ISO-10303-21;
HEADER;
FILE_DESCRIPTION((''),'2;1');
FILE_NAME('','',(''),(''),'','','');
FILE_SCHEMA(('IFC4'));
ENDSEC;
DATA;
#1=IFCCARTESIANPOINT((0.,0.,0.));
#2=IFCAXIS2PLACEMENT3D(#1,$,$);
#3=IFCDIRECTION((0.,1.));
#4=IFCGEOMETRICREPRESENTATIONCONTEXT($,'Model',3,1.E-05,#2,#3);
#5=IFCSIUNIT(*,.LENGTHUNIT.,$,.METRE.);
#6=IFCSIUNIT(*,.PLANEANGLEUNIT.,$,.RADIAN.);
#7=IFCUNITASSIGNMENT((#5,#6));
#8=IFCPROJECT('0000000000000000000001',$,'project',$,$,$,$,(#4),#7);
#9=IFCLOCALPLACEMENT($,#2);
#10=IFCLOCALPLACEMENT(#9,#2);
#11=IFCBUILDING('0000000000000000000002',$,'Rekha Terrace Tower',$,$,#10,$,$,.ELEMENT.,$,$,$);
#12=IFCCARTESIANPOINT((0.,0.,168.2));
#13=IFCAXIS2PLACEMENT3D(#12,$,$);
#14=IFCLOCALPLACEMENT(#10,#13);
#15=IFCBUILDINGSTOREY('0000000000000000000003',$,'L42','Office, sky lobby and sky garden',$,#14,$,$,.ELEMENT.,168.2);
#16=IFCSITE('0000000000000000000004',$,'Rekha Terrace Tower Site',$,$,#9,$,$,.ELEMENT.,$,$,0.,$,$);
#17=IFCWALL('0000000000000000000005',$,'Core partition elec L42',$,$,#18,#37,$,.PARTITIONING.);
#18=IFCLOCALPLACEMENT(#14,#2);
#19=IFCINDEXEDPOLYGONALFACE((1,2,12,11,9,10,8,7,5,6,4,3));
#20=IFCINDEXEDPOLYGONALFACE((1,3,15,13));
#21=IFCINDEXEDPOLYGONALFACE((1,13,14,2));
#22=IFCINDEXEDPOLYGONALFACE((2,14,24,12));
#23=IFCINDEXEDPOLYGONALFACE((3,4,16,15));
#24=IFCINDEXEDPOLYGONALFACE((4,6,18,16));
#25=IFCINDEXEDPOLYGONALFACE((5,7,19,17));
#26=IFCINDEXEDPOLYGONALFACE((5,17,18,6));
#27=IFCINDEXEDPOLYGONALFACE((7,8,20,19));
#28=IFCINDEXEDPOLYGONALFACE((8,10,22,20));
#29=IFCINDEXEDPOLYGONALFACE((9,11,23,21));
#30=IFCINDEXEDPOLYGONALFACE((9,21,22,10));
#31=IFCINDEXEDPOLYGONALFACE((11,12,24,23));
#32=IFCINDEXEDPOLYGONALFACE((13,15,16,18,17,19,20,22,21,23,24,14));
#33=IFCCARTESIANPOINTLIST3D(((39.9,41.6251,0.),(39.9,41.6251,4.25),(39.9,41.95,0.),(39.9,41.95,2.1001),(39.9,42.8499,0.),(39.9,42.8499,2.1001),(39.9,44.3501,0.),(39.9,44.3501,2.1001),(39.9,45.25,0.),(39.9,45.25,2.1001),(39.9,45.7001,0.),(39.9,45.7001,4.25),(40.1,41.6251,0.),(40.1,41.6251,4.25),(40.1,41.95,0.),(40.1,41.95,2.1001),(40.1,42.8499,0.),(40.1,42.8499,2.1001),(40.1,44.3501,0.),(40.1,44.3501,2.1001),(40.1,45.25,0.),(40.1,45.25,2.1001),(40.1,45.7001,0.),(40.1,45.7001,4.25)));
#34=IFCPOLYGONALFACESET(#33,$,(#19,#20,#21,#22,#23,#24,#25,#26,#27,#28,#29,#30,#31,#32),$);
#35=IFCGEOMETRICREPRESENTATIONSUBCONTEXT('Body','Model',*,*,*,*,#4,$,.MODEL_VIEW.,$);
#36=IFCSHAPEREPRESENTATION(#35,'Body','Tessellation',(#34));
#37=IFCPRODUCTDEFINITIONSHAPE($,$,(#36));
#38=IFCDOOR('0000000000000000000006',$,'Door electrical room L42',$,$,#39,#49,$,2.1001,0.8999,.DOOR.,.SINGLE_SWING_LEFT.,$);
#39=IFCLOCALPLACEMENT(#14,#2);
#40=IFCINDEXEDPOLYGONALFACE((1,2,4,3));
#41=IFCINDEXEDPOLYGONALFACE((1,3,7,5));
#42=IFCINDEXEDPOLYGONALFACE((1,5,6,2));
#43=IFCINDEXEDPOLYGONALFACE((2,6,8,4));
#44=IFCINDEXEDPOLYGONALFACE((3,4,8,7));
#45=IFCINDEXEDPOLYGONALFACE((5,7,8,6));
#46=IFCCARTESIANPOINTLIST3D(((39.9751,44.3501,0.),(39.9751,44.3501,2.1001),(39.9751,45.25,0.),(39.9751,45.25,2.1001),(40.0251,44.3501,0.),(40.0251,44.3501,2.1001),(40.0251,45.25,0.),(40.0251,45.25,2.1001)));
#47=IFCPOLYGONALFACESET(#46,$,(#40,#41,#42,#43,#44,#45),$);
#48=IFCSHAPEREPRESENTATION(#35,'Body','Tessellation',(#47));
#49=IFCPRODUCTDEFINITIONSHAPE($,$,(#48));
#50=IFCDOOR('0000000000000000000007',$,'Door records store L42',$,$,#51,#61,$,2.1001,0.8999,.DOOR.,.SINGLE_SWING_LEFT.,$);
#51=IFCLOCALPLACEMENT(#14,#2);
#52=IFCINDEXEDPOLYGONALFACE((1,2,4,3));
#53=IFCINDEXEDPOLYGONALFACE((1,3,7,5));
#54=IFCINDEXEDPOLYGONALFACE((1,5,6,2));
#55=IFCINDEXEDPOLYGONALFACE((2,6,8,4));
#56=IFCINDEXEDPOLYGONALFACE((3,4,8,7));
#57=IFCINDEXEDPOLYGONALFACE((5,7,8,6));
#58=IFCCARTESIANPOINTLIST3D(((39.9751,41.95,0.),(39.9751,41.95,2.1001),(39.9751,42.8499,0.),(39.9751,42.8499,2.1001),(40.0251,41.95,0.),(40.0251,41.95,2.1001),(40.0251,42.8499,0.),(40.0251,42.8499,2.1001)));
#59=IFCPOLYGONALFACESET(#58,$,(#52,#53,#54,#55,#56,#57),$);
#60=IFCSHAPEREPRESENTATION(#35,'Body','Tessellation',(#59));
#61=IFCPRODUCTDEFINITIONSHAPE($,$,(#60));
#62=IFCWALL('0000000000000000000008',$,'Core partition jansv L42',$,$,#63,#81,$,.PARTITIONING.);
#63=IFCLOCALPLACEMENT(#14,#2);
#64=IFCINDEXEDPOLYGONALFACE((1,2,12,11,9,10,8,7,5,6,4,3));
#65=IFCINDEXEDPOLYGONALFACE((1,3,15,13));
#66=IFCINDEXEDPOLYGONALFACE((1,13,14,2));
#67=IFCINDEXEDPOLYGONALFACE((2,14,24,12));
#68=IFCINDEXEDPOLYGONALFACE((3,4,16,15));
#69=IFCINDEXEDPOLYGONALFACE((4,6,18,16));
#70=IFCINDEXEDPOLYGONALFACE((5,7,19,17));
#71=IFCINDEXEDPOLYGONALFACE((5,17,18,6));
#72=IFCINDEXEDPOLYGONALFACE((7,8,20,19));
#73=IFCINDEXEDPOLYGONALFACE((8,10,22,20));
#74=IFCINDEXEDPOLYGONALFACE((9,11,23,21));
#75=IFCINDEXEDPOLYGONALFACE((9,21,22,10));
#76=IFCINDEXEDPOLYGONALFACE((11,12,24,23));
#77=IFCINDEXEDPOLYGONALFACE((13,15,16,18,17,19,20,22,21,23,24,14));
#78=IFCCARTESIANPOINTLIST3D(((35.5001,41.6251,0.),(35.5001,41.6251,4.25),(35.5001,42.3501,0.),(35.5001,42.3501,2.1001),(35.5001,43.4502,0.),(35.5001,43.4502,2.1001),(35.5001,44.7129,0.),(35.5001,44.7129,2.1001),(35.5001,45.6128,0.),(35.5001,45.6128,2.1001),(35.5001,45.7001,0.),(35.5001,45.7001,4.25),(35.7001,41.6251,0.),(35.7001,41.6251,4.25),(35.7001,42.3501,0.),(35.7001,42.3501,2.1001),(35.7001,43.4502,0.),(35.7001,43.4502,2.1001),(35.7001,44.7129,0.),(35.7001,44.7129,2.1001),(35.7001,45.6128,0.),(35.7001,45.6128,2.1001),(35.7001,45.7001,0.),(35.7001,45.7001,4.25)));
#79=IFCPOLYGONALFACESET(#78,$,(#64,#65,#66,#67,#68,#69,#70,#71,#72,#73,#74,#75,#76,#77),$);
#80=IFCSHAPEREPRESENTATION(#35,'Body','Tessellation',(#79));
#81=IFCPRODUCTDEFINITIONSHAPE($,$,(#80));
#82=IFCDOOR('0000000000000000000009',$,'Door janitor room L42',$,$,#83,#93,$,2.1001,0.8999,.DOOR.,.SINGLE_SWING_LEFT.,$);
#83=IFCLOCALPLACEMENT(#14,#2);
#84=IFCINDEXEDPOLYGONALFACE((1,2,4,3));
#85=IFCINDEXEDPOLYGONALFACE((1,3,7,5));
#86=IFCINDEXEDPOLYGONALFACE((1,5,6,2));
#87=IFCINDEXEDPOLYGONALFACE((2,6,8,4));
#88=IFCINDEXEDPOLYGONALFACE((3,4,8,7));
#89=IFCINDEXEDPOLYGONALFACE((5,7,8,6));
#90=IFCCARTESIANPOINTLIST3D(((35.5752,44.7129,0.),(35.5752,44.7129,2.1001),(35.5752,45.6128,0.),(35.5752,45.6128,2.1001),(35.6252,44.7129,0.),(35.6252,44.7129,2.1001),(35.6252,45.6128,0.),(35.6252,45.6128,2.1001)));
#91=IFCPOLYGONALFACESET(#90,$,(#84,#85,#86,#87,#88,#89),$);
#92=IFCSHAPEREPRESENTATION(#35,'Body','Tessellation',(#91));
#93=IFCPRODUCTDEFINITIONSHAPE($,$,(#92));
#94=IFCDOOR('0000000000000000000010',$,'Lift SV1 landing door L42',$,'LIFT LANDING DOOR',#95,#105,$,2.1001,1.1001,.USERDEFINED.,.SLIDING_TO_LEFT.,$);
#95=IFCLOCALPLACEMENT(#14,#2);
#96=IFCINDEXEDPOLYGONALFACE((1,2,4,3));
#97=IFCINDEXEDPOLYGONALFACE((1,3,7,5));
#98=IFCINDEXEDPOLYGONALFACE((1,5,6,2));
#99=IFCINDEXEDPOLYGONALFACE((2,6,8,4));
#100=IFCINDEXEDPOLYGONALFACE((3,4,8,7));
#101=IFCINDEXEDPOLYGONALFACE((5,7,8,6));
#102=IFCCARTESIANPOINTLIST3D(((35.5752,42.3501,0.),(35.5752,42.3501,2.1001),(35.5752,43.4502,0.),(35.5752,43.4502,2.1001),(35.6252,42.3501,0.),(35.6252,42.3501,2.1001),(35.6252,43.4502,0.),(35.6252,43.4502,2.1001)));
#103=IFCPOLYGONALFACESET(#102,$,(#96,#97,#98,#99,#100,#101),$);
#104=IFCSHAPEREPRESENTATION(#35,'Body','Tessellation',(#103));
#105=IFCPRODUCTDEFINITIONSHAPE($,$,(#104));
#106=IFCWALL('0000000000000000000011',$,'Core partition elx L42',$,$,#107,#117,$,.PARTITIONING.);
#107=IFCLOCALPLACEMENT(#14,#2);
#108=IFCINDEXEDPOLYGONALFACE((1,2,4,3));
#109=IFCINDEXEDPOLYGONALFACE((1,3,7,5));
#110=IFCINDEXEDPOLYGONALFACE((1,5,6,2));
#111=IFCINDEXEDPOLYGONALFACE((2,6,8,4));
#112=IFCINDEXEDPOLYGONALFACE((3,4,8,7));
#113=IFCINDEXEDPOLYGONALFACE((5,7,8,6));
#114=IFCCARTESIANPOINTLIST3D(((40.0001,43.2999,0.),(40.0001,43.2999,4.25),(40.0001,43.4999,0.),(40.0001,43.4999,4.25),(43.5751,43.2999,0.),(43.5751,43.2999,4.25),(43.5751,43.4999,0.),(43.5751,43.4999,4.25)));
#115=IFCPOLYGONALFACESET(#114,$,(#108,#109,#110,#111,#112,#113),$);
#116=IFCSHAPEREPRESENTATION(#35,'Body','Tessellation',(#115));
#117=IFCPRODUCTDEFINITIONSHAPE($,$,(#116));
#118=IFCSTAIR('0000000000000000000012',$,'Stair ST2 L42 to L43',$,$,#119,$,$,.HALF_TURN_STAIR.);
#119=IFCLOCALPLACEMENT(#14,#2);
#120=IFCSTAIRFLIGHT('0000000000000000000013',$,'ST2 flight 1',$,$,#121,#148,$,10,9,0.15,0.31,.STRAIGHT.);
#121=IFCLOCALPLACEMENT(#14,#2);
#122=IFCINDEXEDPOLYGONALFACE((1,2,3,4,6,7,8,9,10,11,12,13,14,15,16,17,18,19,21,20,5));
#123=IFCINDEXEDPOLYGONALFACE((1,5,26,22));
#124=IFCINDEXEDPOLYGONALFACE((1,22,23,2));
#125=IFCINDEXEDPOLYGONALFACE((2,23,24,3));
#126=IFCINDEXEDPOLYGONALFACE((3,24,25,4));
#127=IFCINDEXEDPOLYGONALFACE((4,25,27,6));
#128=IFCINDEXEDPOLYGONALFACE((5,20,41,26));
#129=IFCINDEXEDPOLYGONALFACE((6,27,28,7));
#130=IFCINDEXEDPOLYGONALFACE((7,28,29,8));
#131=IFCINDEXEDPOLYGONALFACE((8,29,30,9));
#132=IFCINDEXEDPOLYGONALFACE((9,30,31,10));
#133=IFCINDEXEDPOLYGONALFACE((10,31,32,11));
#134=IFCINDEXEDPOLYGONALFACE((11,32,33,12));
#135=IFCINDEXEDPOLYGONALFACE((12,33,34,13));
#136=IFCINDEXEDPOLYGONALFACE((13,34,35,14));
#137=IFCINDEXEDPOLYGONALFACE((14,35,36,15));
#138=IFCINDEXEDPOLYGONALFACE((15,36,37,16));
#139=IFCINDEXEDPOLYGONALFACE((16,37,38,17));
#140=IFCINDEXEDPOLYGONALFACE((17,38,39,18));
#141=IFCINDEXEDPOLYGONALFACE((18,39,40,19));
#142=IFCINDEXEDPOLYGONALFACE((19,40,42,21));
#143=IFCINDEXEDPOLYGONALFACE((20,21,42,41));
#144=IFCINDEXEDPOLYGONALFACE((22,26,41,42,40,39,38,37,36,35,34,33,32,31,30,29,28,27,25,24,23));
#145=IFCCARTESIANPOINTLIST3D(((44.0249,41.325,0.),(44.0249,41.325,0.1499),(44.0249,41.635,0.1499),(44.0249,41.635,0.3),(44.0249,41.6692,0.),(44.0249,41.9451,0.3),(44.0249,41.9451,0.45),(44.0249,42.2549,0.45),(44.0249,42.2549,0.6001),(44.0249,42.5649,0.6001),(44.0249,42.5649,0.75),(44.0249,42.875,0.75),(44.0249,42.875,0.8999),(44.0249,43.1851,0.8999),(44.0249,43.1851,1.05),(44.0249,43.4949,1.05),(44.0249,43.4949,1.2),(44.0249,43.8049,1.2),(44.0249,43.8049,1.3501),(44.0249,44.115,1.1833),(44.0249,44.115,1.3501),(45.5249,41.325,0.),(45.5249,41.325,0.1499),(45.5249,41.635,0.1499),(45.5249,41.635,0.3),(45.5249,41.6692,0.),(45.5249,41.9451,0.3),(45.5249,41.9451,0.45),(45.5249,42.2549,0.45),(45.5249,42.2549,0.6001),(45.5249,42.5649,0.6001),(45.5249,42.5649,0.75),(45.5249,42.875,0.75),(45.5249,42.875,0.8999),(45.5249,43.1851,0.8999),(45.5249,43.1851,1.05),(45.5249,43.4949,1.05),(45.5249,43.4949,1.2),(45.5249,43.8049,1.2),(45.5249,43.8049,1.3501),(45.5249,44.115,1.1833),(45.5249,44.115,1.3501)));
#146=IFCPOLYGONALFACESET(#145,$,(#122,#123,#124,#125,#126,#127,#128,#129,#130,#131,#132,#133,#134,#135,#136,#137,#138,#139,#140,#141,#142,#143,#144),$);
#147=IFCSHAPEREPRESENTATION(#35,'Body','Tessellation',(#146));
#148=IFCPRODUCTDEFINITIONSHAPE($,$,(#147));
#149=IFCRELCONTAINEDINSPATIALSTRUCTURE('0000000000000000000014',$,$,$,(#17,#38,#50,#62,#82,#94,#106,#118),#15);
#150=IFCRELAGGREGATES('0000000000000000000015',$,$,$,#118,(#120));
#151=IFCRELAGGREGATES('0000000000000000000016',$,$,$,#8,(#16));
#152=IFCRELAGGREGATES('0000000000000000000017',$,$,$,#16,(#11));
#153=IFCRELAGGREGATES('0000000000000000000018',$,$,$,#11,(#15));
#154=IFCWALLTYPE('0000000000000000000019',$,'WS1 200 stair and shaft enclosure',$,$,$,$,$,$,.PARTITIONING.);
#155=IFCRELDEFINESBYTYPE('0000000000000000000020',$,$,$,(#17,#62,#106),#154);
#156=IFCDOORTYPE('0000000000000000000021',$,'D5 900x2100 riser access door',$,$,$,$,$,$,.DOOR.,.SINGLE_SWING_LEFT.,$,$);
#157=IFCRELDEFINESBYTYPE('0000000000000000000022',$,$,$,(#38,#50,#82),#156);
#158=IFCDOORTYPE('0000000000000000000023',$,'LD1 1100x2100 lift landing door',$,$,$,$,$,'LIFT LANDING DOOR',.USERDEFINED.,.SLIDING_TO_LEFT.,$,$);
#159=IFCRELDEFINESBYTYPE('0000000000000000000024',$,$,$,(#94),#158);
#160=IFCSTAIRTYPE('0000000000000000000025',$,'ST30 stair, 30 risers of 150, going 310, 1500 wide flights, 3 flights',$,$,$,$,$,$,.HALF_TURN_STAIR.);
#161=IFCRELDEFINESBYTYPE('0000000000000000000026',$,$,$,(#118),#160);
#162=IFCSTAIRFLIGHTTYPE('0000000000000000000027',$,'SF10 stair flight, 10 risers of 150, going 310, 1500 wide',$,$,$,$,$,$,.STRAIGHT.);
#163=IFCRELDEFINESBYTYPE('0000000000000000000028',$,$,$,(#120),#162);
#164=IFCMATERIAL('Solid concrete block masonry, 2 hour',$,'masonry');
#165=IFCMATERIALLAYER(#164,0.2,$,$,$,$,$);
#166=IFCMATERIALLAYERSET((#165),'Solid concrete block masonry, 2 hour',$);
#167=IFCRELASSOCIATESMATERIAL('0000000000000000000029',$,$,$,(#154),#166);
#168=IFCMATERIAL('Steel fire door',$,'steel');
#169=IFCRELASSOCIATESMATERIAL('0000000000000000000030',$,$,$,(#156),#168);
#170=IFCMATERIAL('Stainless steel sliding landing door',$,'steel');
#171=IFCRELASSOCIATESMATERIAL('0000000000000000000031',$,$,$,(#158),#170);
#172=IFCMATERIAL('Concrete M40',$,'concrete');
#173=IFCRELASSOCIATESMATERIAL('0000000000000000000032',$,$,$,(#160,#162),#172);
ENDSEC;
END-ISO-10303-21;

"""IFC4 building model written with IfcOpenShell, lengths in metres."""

from ifc_helpers import new_model, si_unit, direction, frame, frame_2d, origin, place, context, subcontext, project, spatial, polyline, rectangle, outline, extrude, material, layer, layer_set, type_object, element, fill, aggregate, save


model = new_model("IFC4")

# Units and contexts
model_context = context("Model", 3, precision=1e-05, world=origin(), true_north=direction((0.0, 1.0)))
body_context = subcontext(model_context, "Body", "Model", "MODEL_VIEW")
ifc_project = project(units=[si_unit("LENGTHUNIT", "METRE"), si_unit("PLANEANGLEUNIT", "RADIAN")], contexts=[model_context])

# Site, building, storey
site_placement = place(None, origin())
site = spatial("IfcSite", under=ifc_project, at=site_placement, Name="Rekha Terrace Tower Site", CompositionType="ELEMENT", RefElevation=0.0)
building_placement = place(site_placement, origin())
building = spatial("IfcBuilding", under=site, at=building_placement, Name="Rekha Terrace Tower", CompositionType="ELEMENT")
storey_placement = place(building_placement, frame((0.0, 0.0, 168.2)))
storey = spatial("IfcBuildingStorey", under=building, at=storey_placement, Name="L42", Description="Office, sky lobby and sky garden", CompositionType="ELEMENT", Elevation=168.2)

# Shared definitions
ifc_material_1 = material(Name="Stainless steel sliding landing door", Category="steel")
ifc_material_2 = material(Name="Steel fire door", Category="steel")

# Shared definitions
ifc_material_3 = material(Name="Solid concrete block masonry, 2 hour", Category="masonry")
ifc_layer_1 = layer(ifc_material_3, 0.2)
ifc_layer_set_1 = layer_set([ifc_layer_1], Name="Solid concrete block masonry, 2 hour")
wall_type_1 = type_object("IfcWallType", Name="WS1 200 stair and shaft enclosure", PredefinedType="PARTITIONING", material=ifc_layer_set_1)

# Walls, openings, doors
wall_1_placement = place(storey_placement, frame((40.0, 41.625, 0.0), z_axis=(0.0, 0.0, 1.0), x_axis=(0.0, 1.0, 0.0)))
wall_1 = element("IfcWall", 1, at=wall_1_placement, inside=storey, type_object=wall_type_1, Name="Core partition elec L42", PredefinedType="PARTITIONING", context=body_context, shape_type="SweptSolid", body=[
    extrude(rectangle(XDim=4.075, YDim=0.2, at=frame_2d((2.0376, 0.0))), origin(), (0.0, 0.0, 1.0), 4.25),
])
opening_1_placement = place(wall_1_placement, frame((2.7251, 0.0, 0.0)))
opening_1 = element("IfcOpeningElement", 2, at=opening_1_placement, cuts=wall_1, PredefinedType="OPENING", context=body_context, shape_type="SweptSolid", body=[
    extrude(rectangle(XDim=0.8999, YDim=2.1001, at=frame_2d((0.45, 1.05))), frame((0.0, 0.1099, 0.0), z_axis=(0.0, -1.0, 0.0), x_axis=(1.0, 0.0, 0.0)), (0.0, 0.0, 1.0), 0.22),
])
opening_2_placement = place(wall_1_placement, frame((0.325, 0.0, 0.0)))
opening_2 = element("IfcOpeningElement", 3, at=opening_2_placement, cuts=wall_1, PredefinedType="OPENING", context=body_context, shape_type="SweptSolid", body=[
    extrude(rectangle(XDim=0.8999, YDim=2.1001, at=frame_2d((0.45, 1.05))), frame((0.0, 0.1099, 0.0), z_axis=(0.0, -1.0, 0.0), x_axis=(1.0, 0.0, 0.0)), (0.0, 0.0, 1.0), 0.22),
])
door_type_1 = type_object("IfcDoorType", Name="D5 900x2100 riser access door", OperationType="SINGLE_SWING_LEFT", PredefinedType="DOOR", material=ifc_material_2)
door_1_placement = place(opening_1_placement, origin())
door_1 = element("IfcDoor", 4, at=door_1_placement, inside=storey, type_object=door_type_1, Name="Door electrical room L42", OperationType="SINGLE_SWING_LEFT", OverallHeight=2.1001, OverallWidth=0.8999, PredefinedType="DOOR", context=body_context, shape_type="SweptSolid", body=[
    extrude(rectangle(XDim=0.8999, YDim=2.1001, at=frame_2d((0.45, 1.05))), frame((0.0, 0.0249, 0.0), z_axis=(0.0, -1.0, 0.0), x_axis=(1.0, 0.0, 0.0)), (0.0, 0.0, 1.0), 0.05),
])
fill(opening_1, door_1)
door_2_placement = place(opening_2_placement, origin())
door_2 = element("IfcDoor", 5, at=door_2_placement, inside=storey, type_object=door_type_1, Name="Door records store L42", OperationType="SINGLE_SWING_LEFT", OverallHeight=2.1001, OverallWidth=0.8999, PredefinedType="DOOR", context=body_context, shape_type="SweptSolid", body=[
    extrude(rectangle(XDim=0.8999, YDim=2.1001, at=frame_2d((0.45, 1.05))), frame((0.0, 0.0249, 0.0), z_axis=(0.0, -1.0, 0.0), x_axis=(1.0, 0.0, 0.0)), (0.0, 0.0, 1.0), 0.05),
])
fill(opening_2, door_2)
wall_2_placement = place(storey_placement, frame((35.6001, 41.625, 0.0), z_axis=(0.0, 0.0, 1.0), x_axis=(0.0, 1.0, 0.0)))
wall_2 = element("IfcWall", 6, at=wall_2_placement, inside=storey, type_object=wall_type_1, Name="Core partition jansv L42", PredefinedType="PARTITIONING", context=body_context, shape_type="SweptSolid", body=[
    extrude(rectangle(XDim=4.075, YDim=0.2, at=frame_2d((2.0376, 0.0))), origin(), (0.0, 0.0, 1.0), 4.25),
])
opening_3_placement = place(wall_2_placement, frame((3.0879, 0.0, 0.0)))
opening_3 = element("IfcOpeningElement", 7, at=opening_3_placement, cuts=wall_2, PredefinedType="OPENING", context=body_context, shape_type="SweptSolid", body=[
    extrude(rectangle(XDim=0.8999, YDim=2.1001, at=frame_2d((0.45, 1.05))), frame((0.0, 0.1099, 0.0), z_axis=(0.0, -1.0, 0.0), x_axis=(1.0, 0.0, 0.0)), (0.0, 0.0, 1.0), 0.22),
])
opening_4_placement = place(wall_2_placement, frame((0.7251, 0.0, 0.0)))
opening_4 = element("IfcOpeningElement", 8, at=opening_4_placement, cuts=wall_2, PredefinedType="OPENING", context=body_context, shape_type="SweptSolid", body=[
    extrude(rectangle(XDim=1.1001, YDim=2.1001, at=frame_2d((0.55, 1.05))), frame((0.0, 0.1099, 0.0), z_axis=(0.0, -1.0, 0.0), x_axis=(1.0, 0.0, 0.0)), (0.0, 0.0, 1.0), 0.22),
])
door_3_placement = place(opening_3_placement, origin())
door_3 = element("IfcDoor", 9, at=door_3_placement, inside=storey, type_object=door_type_1, Name="Door janitor room L42", OperationType="SINGLE_SWING_LEFT", OverallHeight=2.1001, OverallWidth=0.8999, PredefinedType="DOOR", context=body_context, shape_type="SweptSolid", body=[
    extrude(rectangle(XDim=0.8999, YDim=2.1001, at=frame_2d((0.45, 1.05))), frame((0.0, 0.0249, 0.0), z_axis=(0.0, -1.0, 0.0), x_axis=(1.0, 0.0, 0.0)), (0.0, 0.0, 1.0), 0.05),
])
fill(opening_3, door_3)
door_type_2 = type_object("IfcDoorType", Name="LD1 1100x2100 lift landing door", ElementType="LIFT LANDING DOOR", OperationType="SLIDING_TO_LEFT", PredefinedType="USERDEFINED", material=ifc_material_1)
door_4_placement = place(opening_4_placement, origin())
door_4 = element("IfcDoor", 10, at=door_4_placement, inside=storey, type_object=door_type_2, Name="Lift SV1 landing door L42", ObjectType="LIFT LANDING DOOR", OperationType="SLIDING_TO_LEFT", OverallHeight=2.1001, OverallWidth=1.1001, PredefinedType="USERDEFINED", context=body_context, shape_type="SweptSolid", body=[
    extrude(rectangle(XDim=1.1001, YDim=2.1001, at=frame_2d((0.55, 1.05))), frame((0.0, 0.0249, 0.0), z_axis=(0.0, -1.0, 0.0), x_axis=(1.0, 0.0, 0.0)), (0.0, 0.0, 1.0), 0.05),
])
fill(opening_4, door_4)

# Wall
wall_3_placement = place(storey_placement, frame((40.0, 43.3999, 0.0), z_axis=(0.0, 0.0, 1.0), x_axis=(1.0, 0.0, 0.0)))
element("IfcWall", 11, at=wall_3_placement, inside=storey, type_object=wall_type_1, Name="Core partition elx L42", PredefinedType="PARTITIONING", context=body_context, shape_type="SweptSolid", body=[
    extrude(rectangle(XDim=3.575, YDim=0.2, at=frame_2d((1.7876, 0.0))), origin(), (0.0, 0.0, 1.0), 4.25),
])

# Stair, stair flight
ifc_material_4 = material(Name="Concrete M40", Category="concrete")
stair_type = type_object("IfcStairType", Name="ST30 stair, 30 risers of 150, going 310, 1500 wide flights, 3 flights", PredefinedType="HALF_TURN_STAIR", material=ifc_material_4)
stair_placement = place(storey_placement, origin())
stair = element("IfcStair", 12, at=stair_placement, inside=storey, type_object=stair_type, Name="Stair ST2 L42 to L43", PredefinedType="HALF_TURN_STAIR")
stair_flight_type = type_object("IfcStairFlightType", Name="SF10 stair flight, 10 risers of 150, going 310, 1500 wide", PredefinedType="STRAIGHT", material=ifc_material_4)
stair_flight_placement = place(storey_placement, frame((44.7749, 41.325, 0.0), z_axis=(0.0, 0.0, 1.0), x_axis=(0.0, 1.0, 0.0)))
stair_flight = element("IfcStairFlight", 13, at=stair_flight_placement, type_object=stair_flight_type, Name="ST2 flight 1", NumberOfRisers=10, NumberOfTreads=9, PredefinedType="STRAIGHT", RiserHeight=0.15, TreadLength=0.31, context=body_context, shape_type="SweptSolid", body=[
    extrude(outline(polyline([(0.0, 0.0), (0.0, 0.1499), (0.3101, 0.1499), (0.3101, 0.3), (0.6201, 0.3), (0.6201, 0.45), (0.9299, 0.45), (0.9299, 0.6001), (1.24, 0.6001), (1.24, 0.75), (1.55, 0.75), (1.55, 0.8999), (1.8601, 0.8999), (1.8601, 1.05), (2.1699, 1.05), (2.1699, 1.2), (2.48, 1.2), (2.48, 1.3501), (2.79, 1.3501), (2.79, 1.5), (2.79, 1.1833), (0.3442, 0.0), (0.0, 0.0)])), frame((0.0, 0.75, 0.0), z_axis=(0.0, -1.0, 0.0), x_axis=(1.0, 0.0, 0.0)), (0.0, 0.0, 1.0), 1.5),
])
aggregate(stair, [stair_flight])

save(model, "model.ifc")
